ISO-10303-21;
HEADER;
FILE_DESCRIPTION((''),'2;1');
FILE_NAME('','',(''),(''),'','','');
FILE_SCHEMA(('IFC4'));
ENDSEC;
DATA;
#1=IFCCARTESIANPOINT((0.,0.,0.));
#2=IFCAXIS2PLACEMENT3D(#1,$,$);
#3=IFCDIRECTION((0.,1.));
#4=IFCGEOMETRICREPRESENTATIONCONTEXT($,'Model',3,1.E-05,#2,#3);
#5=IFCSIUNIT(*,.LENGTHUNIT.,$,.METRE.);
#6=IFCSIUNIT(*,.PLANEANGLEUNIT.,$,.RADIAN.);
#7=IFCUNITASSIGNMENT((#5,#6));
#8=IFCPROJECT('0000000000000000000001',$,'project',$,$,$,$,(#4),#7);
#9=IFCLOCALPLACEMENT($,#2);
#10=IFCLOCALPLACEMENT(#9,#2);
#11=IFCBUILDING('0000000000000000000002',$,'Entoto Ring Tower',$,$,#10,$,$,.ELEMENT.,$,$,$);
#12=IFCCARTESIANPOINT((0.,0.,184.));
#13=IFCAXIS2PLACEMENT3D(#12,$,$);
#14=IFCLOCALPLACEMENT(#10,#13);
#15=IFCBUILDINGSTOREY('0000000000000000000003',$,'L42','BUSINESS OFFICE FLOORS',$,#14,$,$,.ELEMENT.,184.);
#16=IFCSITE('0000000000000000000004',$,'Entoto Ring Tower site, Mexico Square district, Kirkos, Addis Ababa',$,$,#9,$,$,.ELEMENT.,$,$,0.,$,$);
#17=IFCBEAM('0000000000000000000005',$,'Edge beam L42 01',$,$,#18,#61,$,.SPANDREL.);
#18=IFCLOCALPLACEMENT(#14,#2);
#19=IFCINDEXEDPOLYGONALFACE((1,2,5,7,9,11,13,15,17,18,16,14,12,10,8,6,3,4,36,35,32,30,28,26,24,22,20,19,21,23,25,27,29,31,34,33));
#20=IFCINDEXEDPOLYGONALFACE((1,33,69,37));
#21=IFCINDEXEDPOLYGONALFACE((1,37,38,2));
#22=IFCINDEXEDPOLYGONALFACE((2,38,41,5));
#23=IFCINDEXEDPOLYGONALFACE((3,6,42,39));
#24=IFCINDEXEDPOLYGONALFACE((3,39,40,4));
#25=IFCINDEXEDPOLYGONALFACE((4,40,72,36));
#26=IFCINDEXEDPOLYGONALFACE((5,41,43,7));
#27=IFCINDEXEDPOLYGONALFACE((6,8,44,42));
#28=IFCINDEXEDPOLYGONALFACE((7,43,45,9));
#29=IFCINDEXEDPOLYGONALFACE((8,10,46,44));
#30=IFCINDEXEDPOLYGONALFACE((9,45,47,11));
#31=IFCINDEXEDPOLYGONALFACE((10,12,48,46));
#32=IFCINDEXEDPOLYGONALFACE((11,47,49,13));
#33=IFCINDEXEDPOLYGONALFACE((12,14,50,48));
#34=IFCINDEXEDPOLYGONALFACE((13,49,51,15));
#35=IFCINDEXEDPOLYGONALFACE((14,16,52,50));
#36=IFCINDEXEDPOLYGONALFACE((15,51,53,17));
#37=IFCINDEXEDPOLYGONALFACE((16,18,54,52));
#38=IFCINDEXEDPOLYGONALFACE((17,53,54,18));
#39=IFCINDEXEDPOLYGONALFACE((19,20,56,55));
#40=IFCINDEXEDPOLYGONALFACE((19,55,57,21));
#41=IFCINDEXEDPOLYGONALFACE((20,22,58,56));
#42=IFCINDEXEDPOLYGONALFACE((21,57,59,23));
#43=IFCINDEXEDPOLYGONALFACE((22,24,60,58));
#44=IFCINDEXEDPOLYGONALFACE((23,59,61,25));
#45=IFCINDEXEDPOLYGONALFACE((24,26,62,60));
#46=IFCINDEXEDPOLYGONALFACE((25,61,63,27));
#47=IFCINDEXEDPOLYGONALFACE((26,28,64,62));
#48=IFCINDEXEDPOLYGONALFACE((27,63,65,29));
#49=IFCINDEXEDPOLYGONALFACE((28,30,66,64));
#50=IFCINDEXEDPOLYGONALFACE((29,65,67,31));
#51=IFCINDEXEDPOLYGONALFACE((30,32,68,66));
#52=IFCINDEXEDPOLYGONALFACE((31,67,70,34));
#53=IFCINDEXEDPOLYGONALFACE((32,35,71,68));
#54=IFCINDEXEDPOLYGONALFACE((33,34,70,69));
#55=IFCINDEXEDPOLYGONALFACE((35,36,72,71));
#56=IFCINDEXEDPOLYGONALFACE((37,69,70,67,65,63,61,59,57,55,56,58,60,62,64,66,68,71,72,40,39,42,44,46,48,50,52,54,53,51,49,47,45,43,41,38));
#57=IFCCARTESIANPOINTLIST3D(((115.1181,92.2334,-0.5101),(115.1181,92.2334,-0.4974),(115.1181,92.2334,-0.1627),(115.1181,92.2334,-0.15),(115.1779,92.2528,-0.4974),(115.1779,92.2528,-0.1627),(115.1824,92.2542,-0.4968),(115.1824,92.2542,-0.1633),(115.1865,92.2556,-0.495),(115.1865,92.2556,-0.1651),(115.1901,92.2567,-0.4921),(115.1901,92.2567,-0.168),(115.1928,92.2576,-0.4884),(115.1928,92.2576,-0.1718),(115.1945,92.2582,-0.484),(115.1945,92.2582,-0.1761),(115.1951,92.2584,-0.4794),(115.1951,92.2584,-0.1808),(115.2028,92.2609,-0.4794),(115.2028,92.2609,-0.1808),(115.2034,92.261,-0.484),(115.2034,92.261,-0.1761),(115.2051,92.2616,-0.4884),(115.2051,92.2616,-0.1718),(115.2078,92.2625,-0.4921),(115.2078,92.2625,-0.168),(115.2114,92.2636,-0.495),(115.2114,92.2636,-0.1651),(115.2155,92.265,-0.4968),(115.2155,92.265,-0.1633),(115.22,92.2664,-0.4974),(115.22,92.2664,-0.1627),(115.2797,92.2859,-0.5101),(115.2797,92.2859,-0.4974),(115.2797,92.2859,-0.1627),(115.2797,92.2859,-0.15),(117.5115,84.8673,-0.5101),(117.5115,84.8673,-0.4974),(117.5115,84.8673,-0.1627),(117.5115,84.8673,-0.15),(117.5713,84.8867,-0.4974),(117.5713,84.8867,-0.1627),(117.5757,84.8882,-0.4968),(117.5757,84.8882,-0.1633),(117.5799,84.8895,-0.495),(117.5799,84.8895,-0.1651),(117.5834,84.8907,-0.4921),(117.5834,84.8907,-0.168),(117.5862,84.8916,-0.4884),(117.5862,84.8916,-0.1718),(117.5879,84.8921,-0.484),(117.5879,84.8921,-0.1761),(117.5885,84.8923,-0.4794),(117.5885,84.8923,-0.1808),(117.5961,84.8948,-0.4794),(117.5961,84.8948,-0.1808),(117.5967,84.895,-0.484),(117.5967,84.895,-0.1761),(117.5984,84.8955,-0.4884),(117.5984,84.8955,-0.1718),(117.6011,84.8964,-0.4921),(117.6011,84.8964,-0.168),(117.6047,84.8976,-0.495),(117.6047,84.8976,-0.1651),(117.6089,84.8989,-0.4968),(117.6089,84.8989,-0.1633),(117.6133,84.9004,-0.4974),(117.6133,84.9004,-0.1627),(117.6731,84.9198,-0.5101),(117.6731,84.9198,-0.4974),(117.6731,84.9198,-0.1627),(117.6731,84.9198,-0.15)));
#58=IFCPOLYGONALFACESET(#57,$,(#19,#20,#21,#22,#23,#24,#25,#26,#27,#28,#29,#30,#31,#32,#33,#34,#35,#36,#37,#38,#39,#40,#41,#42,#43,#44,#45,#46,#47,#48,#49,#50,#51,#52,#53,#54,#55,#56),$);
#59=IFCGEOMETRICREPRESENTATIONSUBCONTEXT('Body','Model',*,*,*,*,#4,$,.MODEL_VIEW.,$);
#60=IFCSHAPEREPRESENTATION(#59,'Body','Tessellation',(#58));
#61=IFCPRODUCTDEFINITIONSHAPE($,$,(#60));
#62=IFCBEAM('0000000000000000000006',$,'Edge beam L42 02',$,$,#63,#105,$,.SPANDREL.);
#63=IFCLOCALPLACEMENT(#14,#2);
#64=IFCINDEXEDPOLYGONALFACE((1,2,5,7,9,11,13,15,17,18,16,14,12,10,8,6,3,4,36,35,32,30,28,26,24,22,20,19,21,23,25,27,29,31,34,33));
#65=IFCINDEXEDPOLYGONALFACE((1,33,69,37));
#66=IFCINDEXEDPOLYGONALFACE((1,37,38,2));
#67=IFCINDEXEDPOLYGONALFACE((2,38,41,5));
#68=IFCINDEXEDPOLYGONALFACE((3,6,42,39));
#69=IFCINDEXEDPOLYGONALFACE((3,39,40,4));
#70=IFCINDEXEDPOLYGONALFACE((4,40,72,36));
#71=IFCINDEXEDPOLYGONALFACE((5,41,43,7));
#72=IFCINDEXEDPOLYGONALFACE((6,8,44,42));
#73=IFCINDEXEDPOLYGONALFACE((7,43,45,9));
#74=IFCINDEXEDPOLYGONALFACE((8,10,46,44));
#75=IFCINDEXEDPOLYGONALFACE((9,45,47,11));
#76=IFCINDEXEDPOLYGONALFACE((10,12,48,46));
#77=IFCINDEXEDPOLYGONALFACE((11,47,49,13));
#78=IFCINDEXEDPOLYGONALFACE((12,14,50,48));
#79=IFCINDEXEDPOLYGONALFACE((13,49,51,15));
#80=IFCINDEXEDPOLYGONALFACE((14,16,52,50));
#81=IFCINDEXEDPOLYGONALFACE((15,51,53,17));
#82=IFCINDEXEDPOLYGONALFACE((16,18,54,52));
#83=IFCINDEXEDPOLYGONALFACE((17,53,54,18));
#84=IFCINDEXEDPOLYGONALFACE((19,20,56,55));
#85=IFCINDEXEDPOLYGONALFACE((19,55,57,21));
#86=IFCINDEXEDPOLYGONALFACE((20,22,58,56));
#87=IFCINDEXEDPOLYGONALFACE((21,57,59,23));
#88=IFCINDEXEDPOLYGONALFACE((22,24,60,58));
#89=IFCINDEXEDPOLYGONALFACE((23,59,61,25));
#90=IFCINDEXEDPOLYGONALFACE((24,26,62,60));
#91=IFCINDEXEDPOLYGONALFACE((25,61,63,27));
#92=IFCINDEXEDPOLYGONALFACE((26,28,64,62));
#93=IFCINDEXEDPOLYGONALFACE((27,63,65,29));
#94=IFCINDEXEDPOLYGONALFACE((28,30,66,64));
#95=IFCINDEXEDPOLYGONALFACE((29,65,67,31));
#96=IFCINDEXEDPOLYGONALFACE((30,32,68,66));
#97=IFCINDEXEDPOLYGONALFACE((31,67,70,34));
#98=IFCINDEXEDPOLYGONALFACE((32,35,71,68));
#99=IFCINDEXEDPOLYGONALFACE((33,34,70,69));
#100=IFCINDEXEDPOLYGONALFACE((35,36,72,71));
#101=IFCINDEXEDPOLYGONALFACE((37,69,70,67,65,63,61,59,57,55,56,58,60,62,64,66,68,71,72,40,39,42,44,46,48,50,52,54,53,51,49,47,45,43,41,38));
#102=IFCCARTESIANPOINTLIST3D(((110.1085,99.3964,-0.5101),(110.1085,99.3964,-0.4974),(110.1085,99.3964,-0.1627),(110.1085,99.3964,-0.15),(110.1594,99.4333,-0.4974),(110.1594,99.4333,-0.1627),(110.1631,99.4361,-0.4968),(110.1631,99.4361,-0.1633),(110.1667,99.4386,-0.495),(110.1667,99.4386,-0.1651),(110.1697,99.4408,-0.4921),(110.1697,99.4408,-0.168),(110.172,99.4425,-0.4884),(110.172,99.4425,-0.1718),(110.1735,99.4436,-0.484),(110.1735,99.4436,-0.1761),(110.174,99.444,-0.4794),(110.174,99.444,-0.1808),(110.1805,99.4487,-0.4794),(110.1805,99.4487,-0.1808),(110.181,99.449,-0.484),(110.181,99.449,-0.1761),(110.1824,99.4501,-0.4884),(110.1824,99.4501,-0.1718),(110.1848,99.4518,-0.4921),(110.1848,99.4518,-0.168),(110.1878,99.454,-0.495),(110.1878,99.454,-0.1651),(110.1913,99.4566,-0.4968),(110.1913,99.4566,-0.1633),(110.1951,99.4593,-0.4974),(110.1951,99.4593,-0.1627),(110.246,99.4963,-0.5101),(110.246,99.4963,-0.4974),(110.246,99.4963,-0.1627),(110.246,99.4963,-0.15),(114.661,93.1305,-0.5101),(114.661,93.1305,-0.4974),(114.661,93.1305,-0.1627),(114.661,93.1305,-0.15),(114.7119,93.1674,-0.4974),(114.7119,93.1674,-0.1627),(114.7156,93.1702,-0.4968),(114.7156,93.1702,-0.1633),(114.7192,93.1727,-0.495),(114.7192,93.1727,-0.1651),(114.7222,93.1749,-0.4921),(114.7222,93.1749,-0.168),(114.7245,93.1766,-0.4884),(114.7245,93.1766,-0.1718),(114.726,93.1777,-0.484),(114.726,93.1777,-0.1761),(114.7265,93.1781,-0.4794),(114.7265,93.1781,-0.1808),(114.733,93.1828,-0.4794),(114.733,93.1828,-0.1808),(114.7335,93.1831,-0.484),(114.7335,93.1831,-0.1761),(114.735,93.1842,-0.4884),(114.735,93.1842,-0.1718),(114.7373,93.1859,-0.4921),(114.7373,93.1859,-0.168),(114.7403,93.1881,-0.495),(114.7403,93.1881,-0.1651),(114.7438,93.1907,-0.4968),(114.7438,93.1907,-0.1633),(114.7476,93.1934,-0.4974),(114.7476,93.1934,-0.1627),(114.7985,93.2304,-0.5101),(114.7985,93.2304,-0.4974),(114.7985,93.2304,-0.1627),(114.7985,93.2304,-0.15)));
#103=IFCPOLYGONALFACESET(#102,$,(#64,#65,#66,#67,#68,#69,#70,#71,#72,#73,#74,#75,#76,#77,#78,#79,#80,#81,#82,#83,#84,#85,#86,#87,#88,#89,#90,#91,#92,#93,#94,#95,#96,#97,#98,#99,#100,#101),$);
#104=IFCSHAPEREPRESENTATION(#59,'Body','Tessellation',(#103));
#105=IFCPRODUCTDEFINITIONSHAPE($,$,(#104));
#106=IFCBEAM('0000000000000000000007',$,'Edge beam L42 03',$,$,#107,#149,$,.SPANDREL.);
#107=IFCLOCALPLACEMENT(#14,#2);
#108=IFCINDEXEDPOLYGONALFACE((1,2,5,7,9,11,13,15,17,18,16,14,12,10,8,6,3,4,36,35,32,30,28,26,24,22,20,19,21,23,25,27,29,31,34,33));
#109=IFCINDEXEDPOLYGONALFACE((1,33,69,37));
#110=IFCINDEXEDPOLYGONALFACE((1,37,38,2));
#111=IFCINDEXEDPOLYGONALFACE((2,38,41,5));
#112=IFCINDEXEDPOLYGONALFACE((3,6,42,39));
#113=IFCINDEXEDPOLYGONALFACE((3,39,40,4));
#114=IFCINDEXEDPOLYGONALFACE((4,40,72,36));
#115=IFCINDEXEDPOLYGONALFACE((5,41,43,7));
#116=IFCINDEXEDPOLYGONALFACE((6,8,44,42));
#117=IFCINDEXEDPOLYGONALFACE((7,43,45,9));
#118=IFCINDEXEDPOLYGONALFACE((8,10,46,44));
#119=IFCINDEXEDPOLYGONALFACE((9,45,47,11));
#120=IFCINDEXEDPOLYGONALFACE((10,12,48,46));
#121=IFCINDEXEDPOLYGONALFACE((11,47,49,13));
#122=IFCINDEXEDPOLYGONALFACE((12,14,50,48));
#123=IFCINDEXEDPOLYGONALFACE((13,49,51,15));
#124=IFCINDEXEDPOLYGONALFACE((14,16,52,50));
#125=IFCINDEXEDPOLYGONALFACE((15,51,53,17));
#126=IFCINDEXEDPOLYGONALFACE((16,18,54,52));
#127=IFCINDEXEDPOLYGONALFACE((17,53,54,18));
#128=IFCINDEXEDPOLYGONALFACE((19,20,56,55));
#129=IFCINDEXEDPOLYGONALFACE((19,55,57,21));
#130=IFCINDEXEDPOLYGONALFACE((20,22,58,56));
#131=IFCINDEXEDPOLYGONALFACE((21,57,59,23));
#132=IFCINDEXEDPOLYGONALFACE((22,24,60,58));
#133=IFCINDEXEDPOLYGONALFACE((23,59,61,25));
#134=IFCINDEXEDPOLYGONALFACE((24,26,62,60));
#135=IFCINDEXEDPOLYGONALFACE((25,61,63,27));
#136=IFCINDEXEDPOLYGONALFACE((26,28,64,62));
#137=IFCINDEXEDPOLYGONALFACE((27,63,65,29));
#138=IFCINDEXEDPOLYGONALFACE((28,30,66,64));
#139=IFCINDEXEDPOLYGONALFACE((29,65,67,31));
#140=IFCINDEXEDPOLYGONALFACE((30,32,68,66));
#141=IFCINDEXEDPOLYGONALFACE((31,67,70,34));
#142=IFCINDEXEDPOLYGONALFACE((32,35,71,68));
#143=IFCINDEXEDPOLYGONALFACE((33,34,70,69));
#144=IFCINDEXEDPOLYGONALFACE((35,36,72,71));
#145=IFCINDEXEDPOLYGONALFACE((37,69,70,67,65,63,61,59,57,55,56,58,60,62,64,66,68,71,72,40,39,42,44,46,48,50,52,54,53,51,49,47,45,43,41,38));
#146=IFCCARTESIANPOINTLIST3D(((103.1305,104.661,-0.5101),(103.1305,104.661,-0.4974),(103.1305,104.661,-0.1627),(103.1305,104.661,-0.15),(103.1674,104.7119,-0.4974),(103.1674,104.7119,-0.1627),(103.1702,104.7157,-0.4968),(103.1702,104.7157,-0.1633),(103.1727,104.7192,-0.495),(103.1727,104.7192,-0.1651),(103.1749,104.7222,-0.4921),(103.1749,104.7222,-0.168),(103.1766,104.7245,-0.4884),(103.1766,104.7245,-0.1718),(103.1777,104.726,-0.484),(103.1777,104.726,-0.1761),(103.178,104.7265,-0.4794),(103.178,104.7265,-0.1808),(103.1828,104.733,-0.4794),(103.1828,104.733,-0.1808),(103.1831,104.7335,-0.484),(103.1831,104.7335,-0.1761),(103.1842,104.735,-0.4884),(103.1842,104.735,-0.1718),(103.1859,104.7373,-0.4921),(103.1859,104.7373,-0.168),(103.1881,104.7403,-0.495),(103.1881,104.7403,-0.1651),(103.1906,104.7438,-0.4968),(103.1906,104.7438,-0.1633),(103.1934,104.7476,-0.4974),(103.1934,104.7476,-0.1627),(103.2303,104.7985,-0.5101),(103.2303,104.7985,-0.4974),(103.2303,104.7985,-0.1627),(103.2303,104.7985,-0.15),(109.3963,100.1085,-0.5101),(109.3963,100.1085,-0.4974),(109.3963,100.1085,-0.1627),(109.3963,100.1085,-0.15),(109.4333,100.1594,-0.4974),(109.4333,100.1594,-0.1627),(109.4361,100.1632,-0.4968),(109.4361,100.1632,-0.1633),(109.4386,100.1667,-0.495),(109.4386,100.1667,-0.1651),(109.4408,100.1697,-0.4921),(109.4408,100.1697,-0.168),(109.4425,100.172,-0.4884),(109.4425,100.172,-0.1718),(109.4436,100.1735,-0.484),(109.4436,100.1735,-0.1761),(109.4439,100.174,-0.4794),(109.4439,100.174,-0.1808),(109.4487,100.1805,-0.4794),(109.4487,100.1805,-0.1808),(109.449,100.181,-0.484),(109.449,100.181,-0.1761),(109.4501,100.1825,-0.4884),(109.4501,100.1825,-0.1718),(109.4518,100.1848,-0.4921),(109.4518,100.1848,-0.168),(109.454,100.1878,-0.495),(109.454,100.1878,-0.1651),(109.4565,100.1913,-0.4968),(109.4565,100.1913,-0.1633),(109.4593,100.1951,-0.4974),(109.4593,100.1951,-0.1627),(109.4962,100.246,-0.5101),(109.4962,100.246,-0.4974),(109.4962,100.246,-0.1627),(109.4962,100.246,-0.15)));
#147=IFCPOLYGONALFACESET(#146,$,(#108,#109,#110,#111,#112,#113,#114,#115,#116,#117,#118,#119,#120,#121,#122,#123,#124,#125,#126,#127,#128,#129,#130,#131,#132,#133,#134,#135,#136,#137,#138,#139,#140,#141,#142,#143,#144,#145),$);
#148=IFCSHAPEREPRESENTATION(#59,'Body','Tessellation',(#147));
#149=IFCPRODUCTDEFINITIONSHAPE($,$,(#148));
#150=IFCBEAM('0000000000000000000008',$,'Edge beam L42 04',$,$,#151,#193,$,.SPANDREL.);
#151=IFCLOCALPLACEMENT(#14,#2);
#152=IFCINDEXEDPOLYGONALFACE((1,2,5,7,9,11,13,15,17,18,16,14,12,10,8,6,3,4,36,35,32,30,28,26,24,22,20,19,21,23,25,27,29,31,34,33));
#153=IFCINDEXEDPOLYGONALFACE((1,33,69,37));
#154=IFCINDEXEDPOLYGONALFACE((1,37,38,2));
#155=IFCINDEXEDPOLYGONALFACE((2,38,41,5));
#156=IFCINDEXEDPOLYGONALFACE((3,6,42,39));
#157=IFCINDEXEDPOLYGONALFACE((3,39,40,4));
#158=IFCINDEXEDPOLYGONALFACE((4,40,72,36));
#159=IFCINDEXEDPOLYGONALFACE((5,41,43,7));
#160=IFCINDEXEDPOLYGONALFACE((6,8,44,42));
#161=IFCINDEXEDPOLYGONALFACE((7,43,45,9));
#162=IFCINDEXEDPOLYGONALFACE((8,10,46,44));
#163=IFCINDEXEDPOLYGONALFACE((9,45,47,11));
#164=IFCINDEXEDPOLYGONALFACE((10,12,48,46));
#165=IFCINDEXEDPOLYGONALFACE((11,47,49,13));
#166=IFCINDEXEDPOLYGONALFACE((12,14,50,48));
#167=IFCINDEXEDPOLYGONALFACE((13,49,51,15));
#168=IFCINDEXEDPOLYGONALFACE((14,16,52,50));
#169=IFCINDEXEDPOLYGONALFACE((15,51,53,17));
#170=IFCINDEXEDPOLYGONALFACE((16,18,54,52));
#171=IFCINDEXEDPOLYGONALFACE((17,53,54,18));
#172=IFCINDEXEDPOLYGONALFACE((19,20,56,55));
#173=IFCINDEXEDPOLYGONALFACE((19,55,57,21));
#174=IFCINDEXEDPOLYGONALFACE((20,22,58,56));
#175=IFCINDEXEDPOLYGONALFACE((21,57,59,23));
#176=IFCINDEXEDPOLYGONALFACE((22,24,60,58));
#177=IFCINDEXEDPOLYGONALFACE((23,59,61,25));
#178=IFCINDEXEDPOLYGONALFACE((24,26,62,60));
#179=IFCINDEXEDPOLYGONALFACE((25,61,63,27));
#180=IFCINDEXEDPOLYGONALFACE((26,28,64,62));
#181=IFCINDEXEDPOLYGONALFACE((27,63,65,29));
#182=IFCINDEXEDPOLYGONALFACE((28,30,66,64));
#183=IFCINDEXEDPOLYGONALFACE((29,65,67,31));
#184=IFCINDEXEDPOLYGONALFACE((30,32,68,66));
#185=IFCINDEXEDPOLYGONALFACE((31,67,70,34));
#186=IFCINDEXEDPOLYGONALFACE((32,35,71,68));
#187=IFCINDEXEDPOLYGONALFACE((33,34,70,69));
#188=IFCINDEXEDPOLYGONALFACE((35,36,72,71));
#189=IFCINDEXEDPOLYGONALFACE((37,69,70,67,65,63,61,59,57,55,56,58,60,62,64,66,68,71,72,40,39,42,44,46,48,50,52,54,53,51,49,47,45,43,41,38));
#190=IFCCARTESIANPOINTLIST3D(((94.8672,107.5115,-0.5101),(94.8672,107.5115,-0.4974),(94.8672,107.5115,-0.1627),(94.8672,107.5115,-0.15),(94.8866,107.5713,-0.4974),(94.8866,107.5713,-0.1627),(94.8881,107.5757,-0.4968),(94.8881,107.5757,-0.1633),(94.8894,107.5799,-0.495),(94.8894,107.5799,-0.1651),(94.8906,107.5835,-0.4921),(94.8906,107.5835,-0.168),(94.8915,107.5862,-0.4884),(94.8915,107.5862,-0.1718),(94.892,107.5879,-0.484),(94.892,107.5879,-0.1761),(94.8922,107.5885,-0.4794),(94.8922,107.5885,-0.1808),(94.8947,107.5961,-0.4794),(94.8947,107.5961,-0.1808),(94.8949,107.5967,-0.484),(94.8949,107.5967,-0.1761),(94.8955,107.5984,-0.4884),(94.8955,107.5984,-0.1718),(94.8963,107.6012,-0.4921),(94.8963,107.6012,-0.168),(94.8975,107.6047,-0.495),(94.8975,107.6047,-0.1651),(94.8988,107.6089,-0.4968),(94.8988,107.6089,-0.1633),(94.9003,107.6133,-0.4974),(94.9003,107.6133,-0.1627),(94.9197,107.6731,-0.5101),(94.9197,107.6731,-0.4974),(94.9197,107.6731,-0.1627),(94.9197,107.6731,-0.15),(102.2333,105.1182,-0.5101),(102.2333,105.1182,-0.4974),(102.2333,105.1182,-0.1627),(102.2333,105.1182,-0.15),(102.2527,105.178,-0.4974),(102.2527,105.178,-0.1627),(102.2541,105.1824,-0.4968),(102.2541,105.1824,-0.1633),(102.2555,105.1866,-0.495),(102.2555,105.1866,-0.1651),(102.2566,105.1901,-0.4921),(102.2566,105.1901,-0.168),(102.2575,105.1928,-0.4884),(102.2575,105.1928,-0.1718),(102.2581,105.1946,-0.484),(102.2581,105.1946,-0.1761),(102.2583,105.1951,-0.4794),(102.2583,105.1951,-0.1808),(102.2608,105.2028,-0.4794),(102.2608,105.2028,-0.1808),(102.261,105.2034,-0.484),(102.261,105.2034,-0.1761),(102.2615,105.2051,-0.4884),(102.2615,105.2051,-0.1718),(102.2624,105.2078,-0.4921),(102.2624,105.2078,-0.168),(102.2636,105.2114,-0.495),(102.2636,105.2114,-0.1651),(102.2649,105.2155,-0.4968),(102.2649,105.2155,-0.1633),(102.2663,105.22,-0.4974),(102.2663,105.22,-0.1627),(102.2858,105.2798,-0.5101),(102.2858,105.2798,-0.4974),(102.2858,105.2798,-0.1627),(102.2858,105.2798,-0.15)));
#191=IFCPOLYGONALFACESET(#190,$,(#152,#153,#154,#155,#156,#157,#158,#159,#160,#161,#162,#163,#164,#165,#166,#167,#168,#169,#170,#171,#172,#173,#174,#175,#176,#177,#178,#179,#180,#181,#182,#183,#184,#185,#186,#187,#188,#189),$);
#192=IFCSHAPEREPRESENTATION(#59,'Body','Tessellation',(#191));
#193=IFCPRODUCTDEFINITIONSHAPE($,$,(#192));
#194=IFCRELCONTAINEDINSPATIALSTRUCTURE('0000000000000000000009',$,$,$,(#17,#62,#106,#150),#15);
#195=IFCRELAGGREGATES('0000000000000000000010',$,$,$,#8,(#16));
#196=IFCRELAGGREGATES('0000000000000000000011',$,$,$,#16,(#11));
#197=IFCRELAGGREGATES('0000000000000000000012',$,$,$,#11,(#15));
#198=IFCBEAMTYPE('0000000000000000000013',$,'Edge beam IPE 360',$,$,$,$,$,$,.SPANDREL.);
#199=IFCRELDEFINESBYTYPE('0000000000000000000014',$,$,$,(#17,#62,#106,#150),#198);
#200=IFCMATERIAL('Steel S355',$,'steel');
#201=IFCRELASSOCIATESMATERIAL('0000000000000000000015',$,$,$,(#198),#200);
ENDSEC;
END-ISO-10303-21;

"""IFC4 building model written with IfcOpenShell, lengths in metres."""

from ifc_helpers import new_model, si_unit, direction, frame, origin, origin_2d, place, context, subcontext, project, spatial, i_section, extrude, material, material_profile, profile_set, type_object, element, save


model = new_model("IFC4")

# Units and contexts
model_context = context("Model", 3, precision=1e-05, world=origin(), true_north=direction((0.0, 1.0)))
body_context = subcontext(model_context, "Body", "Model", "MODEL_VIEW")
ifc_project = project(units=[si_unit("LENGTHUNIT", "METRE"), si_unit("PLANEANGLEUNIT", "RADIAN")], contexts=[model_context])

# Site, building, storey
site_placement = place(None, origin())
site = spatial("IfcSite", under=ifc_project, at=site_placement, Name="Entoto Ring Tower site, Mexico Square district, Kirkos, Addis Ababa", CompositionType="ELEMENT", RefElevation=0.0)
building_placement = place(site_placement, origin())
building = spatial("IfcBuilding", under=site, at=building_placement, Name="Entoto Ring Tower", CompositionType="ELEMENT")
storey_placement = place(building_placement, frame((0.0, 0.0, 184.0)))
storey = spatial("IfcBuildingStorey", under=building, at=storey_placement, Name="L42", Description="BUSINESS OFFICE FLOORS", CompositionType="ELEMENT", Elevation=184.0)

# Beams
ifc_material_1 = material(Name="Steel S355", Category="steel")
ifc_material_profile_1 = material_profile(ifc_material_1, i_section(OverallWidth=0.1699, OverallDepth=0.3601, WebThickness=0.0081, FlangeThickness=0.0127, FilletRadius=0.0181, at=origin_2d()), Name="IPE 360")
ifc_profile_set_1 = profile_set([ifc_material_profile_1], Name="Steel S355")
beam_type_1 = type_object("IfcBeamType", Name="Edge beam IPE 360", PredefinedType="SPANDREL", material=ifc_profile_set_1)
for number, where, z_axis, x_axis, name in (
    (1, (117.5923, 84.8936, -0.3301), (-0.309013, 0.951058, 0.0), (-0.951058, -0.309013, 0.0), "Edge beam L42 01"),
    (2, (114.7297, 93.1804, -0.3301), (-0.587791, 0.809013, 0.0), (-0.809013, -0.587791, 0.0), "Edge beam L42 02"),
    (3, (109.4463, 100.1772, -0.3301), (-0.809013, 0.587791, 0.0), (-0.587791, -0.809013, 0.0), "Edge beam L42 03"),
    (4, (102.2595, 105.199, -0.3301), (-0.951058, 0.309013, 0.0), (-0.309013, -0.951058, 0.0), "Edge beam L42 04"),
):
    element("IfcBeam", number, at=place(storey_placement, frame(where, z_axis=z_axis, x_axis=x_axis)), inside=storey, type_object=beam_type_1, Name=name, PredefinedType="SPANDREL", context=body_context, shape_type="SweptSolid", body=[
        extrude(i_section(OverallWidth=0.1699, OverallDepth=0.3601, WebThickness=0.0081, FlangeThickness=0.0127, FilletRadius=0.0181, at=origin_2d()), origin(), (0.0, 0.0, 1.0), 7.7451),
    ])

save(model, "model.ifc")
